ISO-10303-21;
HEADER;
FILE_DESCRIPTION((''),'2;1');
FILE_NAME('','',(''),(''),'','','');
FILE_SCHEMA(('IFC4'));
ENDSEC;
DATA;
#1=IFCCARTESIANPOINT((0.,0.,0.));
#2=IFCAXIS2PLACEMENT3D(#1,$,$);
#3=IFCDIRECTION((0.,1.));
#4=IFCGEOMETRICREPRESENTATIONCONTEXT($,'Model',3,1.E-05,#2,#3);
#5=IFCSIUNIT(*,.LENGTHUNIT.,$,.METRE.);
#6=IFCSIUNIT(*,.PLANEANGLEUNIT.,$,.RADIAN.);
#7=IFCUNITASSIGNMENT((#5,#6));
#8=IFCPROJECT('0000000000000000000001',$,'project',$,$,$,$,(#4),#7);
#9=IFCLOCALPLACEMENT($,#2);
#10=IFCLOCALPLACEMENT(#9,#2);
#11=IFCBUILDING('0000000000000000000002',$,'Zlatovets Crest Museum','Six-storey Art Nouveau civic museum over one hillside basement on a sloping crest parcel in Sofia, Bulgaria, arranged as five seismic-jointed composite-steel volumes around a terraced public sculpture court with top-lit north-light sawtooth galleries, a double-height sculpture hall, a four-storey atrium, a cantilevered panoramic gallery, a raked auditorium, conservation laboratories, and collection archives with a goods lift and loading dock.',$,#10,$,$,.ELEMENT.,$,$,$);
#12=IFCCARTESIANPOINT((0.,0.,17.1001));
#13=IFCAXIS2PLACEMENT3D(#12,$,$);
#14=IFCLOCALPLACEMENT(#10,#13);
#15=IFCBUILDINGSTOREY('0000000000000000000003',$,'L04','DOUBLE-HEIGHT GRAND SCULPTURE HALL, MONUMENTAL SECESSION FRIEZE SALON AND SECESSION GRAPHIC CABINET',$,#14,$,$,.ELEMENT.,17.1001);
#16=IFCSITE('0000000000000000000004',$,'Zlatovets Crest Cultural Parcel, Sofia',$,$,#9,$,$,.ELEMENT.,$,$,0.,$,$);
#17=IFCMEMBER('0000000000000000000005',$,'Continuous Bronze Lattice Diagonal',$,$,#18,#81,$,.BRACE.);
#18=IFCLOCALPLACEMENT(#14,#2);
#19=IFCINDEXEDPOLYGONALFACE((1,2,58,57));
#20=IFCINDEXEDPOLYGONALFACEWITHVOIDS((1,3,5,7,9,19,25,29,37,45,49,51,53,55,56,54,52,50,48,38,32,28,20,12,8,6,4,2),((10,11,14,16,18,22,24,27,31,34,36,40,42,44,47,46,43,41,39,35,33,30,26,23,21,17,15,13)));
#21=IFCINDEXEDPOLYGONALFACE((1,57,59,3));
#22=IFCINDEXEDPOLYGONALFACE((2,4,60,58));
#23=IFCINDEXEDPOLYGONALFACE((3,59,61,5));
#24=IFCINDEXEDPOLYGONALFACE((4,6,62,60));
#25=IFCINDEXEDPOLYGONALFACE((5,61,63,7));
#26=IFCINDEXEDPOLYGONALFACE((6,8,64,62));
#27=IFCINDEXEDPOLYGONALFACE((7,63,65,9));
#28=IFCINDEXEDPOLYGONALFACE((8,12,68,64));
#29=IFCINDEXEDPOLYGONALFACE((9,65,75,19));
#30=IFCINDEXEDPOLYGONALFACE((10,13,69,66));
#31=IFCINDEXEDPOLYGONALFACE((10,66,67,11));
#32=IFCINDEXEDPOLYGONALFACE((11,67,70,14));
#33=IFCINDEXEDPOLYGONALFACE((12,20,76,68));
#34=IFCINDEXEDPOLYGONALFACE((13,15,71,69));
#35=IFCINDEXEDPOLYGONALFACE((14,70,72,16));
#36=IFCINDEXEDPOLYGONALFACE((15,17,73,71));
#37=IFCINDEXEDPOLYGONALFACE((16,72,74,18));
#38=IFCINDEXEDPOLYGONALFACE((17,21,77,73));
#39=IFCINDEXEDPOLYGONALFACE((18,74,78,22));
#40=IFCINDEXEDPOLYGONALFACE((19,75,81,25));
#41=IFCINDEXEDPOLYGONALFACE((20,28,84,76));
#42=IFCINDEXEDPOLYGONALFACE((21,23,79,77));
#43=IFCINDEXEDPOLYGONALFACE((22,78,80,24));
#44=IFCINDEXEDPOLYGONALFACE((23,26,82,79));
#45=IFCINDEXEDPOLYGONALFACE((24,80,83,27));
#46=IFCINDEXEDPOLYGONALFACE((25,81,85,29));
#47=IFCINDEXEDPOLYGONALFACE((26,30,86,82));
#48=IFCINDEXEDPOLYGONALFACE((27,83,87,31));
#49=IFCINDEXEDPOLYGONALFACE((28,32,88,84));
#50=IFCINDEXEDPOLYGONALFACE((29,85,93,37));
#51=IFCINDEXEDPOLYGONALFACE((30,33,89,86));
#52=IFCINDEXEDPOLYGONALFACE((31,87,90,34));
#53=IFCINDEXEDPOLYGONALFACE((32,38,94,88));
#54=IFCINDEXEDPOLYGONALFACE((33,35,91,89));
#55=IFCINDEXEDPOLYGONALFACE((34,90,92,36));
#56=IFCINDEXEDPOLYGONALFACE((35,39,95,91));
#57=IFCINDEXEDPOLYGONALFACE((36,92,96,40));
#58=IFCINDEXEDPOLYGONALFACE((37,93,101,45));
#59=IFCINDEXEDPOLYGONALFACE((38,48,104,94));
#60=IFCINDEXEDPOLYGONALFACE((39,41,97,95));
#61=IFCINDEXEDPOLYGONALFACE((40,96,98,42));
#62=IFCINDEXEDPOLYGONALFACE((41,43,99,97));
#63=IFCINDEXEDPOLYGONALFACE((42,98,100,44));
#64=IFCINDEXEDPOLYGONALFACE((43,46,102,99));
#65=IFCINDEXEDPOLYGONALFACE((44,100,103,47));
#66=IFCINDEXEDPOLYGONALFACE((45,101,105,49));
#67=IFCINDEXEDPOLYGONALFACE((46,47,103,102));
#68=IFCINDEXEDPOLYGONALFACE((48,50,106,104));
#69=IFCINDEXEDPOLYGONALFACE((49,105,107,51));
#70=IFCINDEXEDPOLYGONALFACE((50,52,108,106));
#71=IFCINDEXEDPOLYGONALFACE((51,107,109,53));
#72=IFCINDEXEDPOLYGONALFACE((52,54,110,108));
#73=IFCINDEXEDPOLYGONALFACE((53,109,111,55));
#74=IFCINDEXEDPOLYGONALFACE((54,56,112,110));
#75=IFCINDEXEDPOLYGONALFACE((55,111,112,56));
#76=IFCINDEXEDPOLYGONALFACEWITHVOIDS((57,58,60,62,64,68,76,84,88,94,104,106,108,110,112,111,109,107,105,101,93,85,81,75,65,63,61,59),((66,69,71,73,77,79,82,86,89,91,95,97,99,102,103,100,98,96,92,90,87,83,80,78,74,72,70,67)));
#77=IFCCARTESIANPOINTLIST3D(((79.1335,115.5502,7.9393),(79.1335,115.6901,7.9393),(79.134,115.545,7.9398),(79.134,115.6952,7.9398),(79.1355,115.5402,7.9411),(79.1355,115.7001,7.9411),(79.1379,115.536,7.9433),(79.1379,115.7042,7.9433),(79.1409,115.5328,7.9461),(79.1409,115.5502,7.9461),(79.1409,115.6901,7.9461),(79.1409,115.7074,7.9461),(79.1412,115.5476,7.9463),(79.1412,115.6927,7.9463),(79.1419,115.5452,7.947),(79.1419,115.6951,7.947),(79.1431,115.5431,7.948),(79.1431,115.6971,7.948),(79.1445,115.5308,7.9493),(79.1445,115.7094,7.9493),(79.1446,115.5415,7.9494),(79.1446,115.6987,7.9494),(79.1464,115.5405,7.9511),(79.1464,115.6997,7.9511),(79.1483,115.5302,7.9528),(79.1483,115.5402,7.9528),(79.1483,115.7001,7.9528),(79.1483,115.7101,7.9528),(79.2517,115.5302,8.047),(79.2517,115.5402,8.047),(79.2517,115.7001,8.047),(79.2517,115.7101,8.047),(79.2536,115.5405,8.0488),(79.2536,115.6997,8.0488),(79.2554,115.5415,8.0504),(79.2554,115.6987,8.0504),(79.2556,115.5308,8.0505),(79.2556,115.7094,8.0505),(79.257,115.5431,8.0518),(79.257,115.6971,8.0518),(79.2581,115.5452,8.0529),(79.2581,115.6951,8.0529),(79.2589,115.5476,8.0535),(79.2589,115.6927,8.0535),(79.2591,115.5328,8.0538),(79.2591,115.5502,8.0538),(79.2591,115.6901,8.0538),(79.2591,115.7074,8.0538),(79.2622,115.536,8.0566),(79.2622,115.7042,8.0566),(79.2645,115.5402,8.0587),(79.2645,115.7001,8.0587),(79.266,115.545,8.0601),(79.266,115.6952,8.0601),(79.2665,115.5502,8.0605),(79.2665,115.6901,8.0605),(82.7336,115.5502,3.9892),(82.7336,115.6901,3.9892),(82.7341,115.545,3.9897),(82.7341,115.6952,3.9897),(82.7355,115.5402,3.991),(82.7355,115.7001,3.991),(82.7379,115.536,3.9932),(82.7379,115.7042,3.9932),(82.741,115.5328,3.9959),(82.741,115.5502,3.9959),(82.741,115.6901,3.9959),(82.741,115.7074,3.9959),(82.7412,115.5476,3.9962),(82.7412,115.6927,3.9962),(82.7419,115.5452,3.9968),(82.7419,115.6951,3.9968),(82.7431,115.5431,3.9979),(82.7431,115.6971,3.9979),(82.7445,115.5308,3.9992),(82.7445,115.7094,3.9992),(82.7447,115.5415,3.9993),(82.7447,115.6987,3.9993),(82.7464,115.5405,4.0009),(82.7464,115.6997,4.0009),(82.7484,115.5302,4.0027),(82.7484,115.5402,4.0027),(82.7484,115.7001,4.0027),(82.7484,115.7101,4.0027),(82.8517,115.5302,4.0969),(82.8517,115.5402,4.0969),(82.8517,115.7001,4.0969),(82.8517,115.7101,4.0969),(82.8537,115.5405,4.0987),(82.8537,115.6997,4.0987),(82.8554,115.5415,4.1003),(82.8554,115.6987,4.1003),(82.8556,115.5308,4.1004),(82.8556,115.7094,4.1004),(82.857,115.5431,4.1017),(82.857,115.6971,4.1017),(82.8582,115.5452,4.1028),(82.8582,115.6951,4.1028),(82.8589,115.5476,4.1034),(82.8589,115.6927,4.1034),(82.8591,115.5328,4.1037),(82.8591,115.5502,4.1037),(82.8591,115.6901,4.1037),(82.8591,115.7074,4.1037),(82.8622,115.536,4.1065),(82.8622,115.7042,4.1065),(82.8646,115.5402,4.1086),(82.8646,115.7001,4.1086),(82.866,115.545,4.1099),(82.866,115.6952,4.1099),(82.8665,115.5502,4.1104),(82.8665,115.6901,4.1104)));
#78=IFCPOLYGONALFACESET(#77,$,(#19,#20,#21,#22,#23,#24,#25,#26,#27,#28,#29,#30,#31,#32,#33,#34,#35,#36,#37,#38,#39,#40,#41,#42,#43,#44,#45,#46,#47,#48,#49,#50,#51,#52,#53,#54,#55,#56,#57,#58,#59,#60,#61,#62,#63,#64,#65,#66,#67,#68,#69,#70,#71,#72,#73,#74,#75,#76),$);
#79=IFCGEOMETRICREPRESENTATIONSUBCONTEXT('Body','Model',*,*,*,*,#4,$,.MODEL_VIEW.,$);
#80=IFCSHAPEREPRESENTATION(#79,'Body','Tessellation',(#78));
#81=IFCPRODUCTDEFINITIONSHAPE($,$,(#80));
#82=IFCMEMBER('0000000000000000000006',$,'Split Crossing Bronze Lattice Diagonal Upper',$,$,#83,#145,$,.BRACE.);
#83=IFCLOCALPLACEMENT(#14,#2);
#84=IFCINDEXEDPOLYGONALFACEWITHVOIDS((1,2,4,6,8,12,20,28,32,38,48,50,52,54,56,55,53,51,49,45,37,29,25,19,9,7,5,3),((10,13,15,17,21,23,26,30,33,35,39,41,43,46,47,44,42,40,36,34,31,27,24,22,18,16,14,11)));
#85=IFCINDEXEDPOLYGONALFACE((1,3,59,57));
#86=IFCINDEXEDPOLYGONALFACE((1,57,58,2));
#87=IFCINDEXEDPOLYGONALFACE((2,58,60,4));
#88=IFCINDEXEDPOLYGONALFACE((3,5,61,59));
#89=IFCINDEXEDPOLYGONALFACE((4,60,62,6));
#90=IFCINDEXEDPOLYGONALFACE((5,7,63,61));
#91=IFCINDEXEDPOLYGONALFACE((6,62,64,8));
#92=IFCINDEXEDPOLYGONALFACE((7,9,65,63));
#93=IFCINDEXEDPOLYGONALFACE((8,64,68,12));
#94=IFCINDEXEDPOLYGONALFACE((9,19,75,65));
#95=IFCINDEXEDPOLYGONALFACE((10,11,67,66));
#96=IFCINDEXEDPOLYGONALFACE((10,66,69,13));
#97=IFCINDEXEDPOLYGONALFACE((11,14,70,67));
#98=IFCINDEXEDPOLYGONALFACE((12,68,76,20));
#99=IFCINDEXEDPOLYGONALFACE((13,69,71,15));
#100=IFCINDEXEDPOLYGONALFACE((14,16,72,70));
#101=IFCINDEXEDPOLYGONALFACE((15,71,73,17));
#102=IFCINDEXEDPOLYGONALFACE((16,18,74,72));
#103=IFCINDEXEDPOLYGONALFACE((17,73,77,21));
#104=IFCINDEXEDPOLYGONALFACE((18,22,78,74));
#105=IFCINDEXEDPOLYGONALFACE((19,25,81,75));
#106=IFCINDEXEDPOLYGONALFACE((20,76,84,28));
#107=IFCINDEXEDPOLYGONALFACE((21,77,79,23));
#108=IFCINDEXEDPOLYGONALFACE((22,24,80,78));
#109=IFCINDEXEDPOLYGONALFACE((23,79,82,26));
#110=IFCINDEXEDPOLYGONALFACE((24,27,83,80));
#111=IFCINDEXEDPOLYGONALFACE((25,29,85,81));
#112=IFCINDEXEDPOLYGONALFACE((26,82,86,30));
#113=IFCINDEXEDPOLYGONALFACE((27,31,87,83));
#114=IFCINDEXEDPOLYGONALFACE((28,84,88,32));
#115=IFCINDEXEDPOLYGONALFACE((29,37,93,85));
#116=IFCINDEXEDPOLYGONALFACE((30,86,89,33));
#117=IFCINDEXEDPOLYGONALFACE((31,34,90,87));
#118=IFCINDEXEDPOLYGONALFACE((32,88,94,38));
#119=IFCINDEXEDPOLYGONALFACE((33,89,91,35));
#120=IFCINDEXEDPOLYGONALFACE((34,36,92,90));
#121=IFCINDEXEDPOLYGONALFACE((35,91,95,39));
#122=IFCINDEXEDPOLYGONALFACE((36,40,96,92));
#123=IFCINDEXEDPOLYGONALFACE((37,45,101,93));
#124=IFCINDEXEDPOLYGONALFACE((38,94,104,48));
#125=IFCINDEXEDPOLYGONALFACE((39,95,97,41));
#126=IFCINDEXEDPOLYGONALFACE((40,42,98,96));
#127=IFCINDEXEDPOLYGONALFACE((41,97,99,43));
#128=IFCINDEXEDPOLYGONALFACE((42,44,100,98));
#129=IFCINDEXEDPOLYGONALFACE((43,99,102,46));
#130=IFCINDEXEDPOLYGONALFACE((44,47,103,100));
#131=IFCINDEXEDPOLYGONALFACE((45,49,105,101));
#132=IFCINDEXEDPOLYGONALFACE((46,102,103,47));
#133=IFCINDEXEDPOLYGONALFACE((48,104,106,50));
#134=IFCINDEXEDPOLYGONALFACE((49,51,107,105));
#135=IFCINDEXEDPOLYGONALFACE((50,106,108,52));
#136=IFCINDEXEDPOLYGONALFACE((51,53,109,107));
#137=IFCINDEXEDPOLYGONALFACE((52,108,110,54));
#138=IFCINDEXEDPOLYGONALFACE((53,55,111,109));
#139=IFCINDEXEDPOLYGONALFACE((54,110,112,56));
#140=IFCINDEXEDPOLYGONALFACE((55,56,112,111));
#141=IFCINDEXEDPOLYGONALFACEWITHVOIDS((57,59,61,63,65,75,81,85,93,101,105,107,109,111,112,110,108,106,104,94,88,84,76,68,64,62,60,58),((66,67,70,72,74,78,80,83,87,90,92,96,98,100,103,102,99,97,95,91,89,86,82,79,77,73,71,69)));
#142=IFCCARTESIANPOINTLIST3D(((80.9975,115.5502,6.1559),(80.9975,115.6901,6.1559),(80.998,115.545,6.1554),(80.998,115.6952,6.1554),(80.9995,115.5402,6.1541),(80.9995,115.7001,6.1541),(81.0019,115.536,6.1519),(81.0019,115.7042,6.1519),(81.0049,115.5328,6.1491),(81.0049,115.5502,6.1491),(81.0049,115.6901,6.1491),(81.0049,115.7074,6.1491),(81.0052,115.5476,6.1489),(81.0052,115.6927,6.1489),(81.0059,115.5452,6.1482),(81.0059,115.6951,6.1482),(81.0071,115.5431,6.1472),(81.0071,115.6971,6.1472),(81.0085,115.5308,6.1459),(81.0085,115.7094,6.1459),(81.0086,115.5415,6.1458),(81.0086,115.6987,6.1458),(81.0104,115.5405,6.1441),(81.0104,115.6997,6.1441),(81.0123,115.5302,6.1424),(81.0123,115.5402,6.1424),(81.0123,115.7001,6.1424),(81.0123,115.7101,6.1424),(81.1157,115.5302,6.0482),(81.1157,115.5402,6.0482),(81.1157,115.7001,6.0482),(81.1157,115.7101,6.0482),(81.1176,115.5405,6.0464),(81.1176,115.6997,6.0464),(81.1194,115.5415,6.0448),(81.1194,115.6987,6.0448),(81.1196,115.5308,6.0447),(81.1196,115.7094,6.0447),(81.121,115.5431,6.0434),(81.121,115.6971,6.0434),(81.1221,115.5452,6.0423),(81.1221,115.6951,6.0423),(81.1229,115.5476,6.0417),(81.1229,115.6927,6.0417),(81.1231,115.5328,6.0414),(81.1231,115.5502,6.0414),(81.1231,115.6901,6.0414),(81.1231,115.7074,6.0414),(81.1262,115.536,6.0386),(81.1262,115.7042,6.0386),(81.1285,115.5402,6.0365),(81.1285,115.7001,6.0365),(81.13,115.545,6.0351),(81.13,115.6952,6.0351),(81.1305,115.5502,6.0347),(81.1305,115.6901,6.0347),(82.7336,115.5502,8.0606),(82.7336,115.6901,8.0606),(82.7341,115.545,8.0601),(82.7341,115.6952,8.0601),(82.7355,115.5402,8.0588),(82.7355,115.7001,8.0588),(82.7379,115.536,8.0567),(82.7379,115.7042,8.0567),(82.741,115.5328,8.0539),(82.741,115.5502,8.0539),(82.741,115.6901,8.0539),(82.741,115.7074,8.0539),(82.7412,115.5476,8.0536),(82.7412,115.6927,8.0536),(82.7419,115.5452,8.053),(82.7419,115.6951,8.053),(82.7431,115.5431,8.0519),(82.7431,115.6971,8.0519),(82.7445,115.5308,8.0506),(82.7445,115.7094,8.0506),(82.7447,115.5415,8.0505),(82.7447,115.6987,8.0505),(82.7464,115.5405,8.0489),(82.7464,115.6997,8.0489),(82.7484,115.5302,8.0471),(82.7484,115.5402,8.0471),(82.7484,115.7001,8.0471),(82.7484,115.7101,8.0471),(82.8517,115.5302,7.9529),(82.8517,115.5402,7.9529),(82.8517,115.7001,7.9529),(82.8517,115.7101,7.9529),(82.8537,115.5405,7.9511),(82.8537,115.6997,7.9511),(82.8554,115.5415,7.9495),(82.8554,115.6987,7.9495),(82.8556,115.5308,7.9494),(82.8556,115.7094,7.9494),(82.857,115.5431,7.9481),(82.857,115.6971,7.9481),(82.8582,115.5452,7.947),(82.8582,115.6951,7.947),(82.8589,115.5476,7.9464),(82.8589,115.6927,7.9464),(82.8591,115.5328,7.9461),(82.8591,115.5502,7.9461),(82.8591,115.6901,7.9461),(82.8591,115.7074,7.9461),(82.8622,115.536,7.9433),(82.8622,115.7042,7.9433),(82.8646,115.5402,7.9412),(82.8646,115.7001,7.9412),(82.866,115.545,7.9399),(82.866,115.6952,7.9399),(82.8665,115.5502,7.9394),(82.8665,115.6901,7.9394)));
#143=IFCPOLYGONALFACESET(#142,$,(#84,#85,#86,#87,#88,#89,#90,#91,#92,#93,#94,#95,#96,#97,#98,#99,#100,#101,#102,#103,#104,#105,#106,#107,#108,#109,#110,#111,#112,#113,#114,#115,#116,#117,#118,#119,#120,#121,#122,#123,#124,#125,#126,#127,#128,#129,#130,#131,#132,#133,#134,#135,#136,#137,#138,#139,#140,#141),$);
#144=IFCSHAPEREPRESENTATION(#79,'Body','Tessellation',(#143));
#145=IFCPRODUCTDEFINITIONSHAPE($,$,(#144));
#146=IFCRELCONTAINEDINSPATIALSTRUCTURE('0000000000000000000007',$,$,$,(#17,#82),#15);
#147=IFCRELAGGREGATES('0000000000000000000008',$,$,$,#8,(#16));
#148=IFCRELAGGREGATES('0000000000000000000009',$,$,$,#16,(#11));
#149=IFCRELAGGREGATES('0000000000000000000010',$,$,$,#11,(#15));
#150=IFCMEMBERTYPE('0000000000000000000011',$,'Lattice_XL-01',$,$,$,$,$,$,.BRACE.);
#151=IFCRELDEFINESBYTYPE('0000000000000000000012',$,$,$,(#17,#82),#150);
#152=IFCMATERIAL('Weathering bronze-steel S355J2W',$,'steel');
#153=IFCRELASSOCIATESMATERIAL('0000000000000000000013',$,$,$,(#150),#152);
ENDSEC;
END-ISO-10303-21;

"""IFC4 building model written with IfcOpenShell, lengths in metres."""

from ifc_helpers import new_model, si_unit, direction, frame, origin, origin_2d, place, context, subcontext, project, spatial, hollow_rectangle, extrude, material, material_profile, profile_set, type_object, element, save


model = new_model("IFC4")

# Units and contexts
model_context = context("Model", 3, precision=1e-05, world=origin(), true_north=direction((0.0, 1.0)))
body_context = subcontext(model_context, "Body", "Model", "MODEL_VIEW")
ifc_project = project(units=[si_unit("LENGTHUNIT", "METRE"), si_unit("PLANEANGLEUNIT", "RADIAN")], contexts=[model_context])

# Site, building, storey
site_placement = place(None, origin())
site = spatial("IfcSite", under=ifc_project, at=site_placement, Name="Zlatovets Crest Cultural Parcel, Sofia", CompositionType="ELEMENT", RefElevation=0.0)
building_placement = place(site_placement, origin())
building = spatial("IfcBuilding", under=site, at=building_placement, Name="Zlatovets Crest Museum", Description="Six-storey Art Nouveau civic museum over one hillside basement on a sloping crest parcel in Sofia, Bulgaria, arranged as five seismic-jointed composite-steel volumes around a terraced public sculpture court with top-lit north-light sawtooth galleries, a double-height sculpture hall, a four-storey atrium, a cantilevered panoramic gallery, a raked auditorium, conservation laboratories, and collection archives with a goods lift and loading dock.", CompositionType="ELEMENT")
storey_placement = place(building_placement, frame((0.0, 0.0, 17.1001)))
storey = spatial("IfcBuildingStorey", under=building, at=storey_placement, Name="L04", Description="DOUBLE-HEIGHT GRAND SCULPTURE HALL, MONUMENTAL SECESSION FRIEZE SALON AND SECESSION GRAPHIC CABINET", CompositionType="ELEMENT", Elevation=17.1001)

# Members
ifc_material_1 = material(Name="Weathering bronze-steel S355J2W", Category="steel")
ifc_material_profile_1 = material_profile(ifc_material_1, hollow_rectangle(XDim=0.1799, YDim=0.1799, WallThickness=0.01, InnerFilletRadius=0.01, OuterFilletRadius=0.02, at=origin_2d()), Name="SHS 180x180x10.0")
ifc_profile_set_1 = profile_set([ifc_material_profile_1], Name="Weathering bronze-steel S355J2W")
member_type_1 = type_object("IfcMemberType", Name="Lattice_XL-01", PredefinedType="BRACE", material=ifc_profile_set_1)
member_1_placement = place(storey_placement, frame((82.8, 115.6201, 4.0498), z_axis=(-0.673595, 0.0, 0.7391), x_axis=(0.0, -1.0, 0.0)))
element("IfcMember", 1, at=member_1_placement, inside=storey, type_object=member_type_1, Name="Continuous Bronze Lattice Diagonal", PredefinedType="BRACE", context=body_context, shape_type="SweptSolid", body=[
    extrude(hollow_rectangle(XDim=0.1799, YDim=0.1799, WallThickness=0.01, InnerFilletRadius=0.01, OuterFilletRadius=0.02, at=origin_2d()), origin(), (0.0, 0.0, 1.0), 5.3445),
])
for number, where, z_axis, x_axis, name in (
    (2, (82.8, 115.6201, 8.0), (-0.67362, 0.0, -0.739078), (0.0, -1.0, 0.0), "Split Crossing Bronze Lattice Diagonal Upper"),
):
    element("IfcMember", number, at=place(storey_placement, frame(where, z_axis=z_axis, x_axis=x_axis)), inside=storey, type_object=member_type_1, Name=name, PredefinedType="BRACE", context=body_context, shape_type="SweptSolid", body=[
        extrude(hollow_rectangle(XDim=0.1799, YDim=0.1799, WallThickness=0.01, InnerFilletRadius=0.01, OuterFilletRadius=0.02, at=origin_2d()), origin(), (0.0, 0.0, 1.0), 2.5771),
    ])

save(model, "model.ifc")
